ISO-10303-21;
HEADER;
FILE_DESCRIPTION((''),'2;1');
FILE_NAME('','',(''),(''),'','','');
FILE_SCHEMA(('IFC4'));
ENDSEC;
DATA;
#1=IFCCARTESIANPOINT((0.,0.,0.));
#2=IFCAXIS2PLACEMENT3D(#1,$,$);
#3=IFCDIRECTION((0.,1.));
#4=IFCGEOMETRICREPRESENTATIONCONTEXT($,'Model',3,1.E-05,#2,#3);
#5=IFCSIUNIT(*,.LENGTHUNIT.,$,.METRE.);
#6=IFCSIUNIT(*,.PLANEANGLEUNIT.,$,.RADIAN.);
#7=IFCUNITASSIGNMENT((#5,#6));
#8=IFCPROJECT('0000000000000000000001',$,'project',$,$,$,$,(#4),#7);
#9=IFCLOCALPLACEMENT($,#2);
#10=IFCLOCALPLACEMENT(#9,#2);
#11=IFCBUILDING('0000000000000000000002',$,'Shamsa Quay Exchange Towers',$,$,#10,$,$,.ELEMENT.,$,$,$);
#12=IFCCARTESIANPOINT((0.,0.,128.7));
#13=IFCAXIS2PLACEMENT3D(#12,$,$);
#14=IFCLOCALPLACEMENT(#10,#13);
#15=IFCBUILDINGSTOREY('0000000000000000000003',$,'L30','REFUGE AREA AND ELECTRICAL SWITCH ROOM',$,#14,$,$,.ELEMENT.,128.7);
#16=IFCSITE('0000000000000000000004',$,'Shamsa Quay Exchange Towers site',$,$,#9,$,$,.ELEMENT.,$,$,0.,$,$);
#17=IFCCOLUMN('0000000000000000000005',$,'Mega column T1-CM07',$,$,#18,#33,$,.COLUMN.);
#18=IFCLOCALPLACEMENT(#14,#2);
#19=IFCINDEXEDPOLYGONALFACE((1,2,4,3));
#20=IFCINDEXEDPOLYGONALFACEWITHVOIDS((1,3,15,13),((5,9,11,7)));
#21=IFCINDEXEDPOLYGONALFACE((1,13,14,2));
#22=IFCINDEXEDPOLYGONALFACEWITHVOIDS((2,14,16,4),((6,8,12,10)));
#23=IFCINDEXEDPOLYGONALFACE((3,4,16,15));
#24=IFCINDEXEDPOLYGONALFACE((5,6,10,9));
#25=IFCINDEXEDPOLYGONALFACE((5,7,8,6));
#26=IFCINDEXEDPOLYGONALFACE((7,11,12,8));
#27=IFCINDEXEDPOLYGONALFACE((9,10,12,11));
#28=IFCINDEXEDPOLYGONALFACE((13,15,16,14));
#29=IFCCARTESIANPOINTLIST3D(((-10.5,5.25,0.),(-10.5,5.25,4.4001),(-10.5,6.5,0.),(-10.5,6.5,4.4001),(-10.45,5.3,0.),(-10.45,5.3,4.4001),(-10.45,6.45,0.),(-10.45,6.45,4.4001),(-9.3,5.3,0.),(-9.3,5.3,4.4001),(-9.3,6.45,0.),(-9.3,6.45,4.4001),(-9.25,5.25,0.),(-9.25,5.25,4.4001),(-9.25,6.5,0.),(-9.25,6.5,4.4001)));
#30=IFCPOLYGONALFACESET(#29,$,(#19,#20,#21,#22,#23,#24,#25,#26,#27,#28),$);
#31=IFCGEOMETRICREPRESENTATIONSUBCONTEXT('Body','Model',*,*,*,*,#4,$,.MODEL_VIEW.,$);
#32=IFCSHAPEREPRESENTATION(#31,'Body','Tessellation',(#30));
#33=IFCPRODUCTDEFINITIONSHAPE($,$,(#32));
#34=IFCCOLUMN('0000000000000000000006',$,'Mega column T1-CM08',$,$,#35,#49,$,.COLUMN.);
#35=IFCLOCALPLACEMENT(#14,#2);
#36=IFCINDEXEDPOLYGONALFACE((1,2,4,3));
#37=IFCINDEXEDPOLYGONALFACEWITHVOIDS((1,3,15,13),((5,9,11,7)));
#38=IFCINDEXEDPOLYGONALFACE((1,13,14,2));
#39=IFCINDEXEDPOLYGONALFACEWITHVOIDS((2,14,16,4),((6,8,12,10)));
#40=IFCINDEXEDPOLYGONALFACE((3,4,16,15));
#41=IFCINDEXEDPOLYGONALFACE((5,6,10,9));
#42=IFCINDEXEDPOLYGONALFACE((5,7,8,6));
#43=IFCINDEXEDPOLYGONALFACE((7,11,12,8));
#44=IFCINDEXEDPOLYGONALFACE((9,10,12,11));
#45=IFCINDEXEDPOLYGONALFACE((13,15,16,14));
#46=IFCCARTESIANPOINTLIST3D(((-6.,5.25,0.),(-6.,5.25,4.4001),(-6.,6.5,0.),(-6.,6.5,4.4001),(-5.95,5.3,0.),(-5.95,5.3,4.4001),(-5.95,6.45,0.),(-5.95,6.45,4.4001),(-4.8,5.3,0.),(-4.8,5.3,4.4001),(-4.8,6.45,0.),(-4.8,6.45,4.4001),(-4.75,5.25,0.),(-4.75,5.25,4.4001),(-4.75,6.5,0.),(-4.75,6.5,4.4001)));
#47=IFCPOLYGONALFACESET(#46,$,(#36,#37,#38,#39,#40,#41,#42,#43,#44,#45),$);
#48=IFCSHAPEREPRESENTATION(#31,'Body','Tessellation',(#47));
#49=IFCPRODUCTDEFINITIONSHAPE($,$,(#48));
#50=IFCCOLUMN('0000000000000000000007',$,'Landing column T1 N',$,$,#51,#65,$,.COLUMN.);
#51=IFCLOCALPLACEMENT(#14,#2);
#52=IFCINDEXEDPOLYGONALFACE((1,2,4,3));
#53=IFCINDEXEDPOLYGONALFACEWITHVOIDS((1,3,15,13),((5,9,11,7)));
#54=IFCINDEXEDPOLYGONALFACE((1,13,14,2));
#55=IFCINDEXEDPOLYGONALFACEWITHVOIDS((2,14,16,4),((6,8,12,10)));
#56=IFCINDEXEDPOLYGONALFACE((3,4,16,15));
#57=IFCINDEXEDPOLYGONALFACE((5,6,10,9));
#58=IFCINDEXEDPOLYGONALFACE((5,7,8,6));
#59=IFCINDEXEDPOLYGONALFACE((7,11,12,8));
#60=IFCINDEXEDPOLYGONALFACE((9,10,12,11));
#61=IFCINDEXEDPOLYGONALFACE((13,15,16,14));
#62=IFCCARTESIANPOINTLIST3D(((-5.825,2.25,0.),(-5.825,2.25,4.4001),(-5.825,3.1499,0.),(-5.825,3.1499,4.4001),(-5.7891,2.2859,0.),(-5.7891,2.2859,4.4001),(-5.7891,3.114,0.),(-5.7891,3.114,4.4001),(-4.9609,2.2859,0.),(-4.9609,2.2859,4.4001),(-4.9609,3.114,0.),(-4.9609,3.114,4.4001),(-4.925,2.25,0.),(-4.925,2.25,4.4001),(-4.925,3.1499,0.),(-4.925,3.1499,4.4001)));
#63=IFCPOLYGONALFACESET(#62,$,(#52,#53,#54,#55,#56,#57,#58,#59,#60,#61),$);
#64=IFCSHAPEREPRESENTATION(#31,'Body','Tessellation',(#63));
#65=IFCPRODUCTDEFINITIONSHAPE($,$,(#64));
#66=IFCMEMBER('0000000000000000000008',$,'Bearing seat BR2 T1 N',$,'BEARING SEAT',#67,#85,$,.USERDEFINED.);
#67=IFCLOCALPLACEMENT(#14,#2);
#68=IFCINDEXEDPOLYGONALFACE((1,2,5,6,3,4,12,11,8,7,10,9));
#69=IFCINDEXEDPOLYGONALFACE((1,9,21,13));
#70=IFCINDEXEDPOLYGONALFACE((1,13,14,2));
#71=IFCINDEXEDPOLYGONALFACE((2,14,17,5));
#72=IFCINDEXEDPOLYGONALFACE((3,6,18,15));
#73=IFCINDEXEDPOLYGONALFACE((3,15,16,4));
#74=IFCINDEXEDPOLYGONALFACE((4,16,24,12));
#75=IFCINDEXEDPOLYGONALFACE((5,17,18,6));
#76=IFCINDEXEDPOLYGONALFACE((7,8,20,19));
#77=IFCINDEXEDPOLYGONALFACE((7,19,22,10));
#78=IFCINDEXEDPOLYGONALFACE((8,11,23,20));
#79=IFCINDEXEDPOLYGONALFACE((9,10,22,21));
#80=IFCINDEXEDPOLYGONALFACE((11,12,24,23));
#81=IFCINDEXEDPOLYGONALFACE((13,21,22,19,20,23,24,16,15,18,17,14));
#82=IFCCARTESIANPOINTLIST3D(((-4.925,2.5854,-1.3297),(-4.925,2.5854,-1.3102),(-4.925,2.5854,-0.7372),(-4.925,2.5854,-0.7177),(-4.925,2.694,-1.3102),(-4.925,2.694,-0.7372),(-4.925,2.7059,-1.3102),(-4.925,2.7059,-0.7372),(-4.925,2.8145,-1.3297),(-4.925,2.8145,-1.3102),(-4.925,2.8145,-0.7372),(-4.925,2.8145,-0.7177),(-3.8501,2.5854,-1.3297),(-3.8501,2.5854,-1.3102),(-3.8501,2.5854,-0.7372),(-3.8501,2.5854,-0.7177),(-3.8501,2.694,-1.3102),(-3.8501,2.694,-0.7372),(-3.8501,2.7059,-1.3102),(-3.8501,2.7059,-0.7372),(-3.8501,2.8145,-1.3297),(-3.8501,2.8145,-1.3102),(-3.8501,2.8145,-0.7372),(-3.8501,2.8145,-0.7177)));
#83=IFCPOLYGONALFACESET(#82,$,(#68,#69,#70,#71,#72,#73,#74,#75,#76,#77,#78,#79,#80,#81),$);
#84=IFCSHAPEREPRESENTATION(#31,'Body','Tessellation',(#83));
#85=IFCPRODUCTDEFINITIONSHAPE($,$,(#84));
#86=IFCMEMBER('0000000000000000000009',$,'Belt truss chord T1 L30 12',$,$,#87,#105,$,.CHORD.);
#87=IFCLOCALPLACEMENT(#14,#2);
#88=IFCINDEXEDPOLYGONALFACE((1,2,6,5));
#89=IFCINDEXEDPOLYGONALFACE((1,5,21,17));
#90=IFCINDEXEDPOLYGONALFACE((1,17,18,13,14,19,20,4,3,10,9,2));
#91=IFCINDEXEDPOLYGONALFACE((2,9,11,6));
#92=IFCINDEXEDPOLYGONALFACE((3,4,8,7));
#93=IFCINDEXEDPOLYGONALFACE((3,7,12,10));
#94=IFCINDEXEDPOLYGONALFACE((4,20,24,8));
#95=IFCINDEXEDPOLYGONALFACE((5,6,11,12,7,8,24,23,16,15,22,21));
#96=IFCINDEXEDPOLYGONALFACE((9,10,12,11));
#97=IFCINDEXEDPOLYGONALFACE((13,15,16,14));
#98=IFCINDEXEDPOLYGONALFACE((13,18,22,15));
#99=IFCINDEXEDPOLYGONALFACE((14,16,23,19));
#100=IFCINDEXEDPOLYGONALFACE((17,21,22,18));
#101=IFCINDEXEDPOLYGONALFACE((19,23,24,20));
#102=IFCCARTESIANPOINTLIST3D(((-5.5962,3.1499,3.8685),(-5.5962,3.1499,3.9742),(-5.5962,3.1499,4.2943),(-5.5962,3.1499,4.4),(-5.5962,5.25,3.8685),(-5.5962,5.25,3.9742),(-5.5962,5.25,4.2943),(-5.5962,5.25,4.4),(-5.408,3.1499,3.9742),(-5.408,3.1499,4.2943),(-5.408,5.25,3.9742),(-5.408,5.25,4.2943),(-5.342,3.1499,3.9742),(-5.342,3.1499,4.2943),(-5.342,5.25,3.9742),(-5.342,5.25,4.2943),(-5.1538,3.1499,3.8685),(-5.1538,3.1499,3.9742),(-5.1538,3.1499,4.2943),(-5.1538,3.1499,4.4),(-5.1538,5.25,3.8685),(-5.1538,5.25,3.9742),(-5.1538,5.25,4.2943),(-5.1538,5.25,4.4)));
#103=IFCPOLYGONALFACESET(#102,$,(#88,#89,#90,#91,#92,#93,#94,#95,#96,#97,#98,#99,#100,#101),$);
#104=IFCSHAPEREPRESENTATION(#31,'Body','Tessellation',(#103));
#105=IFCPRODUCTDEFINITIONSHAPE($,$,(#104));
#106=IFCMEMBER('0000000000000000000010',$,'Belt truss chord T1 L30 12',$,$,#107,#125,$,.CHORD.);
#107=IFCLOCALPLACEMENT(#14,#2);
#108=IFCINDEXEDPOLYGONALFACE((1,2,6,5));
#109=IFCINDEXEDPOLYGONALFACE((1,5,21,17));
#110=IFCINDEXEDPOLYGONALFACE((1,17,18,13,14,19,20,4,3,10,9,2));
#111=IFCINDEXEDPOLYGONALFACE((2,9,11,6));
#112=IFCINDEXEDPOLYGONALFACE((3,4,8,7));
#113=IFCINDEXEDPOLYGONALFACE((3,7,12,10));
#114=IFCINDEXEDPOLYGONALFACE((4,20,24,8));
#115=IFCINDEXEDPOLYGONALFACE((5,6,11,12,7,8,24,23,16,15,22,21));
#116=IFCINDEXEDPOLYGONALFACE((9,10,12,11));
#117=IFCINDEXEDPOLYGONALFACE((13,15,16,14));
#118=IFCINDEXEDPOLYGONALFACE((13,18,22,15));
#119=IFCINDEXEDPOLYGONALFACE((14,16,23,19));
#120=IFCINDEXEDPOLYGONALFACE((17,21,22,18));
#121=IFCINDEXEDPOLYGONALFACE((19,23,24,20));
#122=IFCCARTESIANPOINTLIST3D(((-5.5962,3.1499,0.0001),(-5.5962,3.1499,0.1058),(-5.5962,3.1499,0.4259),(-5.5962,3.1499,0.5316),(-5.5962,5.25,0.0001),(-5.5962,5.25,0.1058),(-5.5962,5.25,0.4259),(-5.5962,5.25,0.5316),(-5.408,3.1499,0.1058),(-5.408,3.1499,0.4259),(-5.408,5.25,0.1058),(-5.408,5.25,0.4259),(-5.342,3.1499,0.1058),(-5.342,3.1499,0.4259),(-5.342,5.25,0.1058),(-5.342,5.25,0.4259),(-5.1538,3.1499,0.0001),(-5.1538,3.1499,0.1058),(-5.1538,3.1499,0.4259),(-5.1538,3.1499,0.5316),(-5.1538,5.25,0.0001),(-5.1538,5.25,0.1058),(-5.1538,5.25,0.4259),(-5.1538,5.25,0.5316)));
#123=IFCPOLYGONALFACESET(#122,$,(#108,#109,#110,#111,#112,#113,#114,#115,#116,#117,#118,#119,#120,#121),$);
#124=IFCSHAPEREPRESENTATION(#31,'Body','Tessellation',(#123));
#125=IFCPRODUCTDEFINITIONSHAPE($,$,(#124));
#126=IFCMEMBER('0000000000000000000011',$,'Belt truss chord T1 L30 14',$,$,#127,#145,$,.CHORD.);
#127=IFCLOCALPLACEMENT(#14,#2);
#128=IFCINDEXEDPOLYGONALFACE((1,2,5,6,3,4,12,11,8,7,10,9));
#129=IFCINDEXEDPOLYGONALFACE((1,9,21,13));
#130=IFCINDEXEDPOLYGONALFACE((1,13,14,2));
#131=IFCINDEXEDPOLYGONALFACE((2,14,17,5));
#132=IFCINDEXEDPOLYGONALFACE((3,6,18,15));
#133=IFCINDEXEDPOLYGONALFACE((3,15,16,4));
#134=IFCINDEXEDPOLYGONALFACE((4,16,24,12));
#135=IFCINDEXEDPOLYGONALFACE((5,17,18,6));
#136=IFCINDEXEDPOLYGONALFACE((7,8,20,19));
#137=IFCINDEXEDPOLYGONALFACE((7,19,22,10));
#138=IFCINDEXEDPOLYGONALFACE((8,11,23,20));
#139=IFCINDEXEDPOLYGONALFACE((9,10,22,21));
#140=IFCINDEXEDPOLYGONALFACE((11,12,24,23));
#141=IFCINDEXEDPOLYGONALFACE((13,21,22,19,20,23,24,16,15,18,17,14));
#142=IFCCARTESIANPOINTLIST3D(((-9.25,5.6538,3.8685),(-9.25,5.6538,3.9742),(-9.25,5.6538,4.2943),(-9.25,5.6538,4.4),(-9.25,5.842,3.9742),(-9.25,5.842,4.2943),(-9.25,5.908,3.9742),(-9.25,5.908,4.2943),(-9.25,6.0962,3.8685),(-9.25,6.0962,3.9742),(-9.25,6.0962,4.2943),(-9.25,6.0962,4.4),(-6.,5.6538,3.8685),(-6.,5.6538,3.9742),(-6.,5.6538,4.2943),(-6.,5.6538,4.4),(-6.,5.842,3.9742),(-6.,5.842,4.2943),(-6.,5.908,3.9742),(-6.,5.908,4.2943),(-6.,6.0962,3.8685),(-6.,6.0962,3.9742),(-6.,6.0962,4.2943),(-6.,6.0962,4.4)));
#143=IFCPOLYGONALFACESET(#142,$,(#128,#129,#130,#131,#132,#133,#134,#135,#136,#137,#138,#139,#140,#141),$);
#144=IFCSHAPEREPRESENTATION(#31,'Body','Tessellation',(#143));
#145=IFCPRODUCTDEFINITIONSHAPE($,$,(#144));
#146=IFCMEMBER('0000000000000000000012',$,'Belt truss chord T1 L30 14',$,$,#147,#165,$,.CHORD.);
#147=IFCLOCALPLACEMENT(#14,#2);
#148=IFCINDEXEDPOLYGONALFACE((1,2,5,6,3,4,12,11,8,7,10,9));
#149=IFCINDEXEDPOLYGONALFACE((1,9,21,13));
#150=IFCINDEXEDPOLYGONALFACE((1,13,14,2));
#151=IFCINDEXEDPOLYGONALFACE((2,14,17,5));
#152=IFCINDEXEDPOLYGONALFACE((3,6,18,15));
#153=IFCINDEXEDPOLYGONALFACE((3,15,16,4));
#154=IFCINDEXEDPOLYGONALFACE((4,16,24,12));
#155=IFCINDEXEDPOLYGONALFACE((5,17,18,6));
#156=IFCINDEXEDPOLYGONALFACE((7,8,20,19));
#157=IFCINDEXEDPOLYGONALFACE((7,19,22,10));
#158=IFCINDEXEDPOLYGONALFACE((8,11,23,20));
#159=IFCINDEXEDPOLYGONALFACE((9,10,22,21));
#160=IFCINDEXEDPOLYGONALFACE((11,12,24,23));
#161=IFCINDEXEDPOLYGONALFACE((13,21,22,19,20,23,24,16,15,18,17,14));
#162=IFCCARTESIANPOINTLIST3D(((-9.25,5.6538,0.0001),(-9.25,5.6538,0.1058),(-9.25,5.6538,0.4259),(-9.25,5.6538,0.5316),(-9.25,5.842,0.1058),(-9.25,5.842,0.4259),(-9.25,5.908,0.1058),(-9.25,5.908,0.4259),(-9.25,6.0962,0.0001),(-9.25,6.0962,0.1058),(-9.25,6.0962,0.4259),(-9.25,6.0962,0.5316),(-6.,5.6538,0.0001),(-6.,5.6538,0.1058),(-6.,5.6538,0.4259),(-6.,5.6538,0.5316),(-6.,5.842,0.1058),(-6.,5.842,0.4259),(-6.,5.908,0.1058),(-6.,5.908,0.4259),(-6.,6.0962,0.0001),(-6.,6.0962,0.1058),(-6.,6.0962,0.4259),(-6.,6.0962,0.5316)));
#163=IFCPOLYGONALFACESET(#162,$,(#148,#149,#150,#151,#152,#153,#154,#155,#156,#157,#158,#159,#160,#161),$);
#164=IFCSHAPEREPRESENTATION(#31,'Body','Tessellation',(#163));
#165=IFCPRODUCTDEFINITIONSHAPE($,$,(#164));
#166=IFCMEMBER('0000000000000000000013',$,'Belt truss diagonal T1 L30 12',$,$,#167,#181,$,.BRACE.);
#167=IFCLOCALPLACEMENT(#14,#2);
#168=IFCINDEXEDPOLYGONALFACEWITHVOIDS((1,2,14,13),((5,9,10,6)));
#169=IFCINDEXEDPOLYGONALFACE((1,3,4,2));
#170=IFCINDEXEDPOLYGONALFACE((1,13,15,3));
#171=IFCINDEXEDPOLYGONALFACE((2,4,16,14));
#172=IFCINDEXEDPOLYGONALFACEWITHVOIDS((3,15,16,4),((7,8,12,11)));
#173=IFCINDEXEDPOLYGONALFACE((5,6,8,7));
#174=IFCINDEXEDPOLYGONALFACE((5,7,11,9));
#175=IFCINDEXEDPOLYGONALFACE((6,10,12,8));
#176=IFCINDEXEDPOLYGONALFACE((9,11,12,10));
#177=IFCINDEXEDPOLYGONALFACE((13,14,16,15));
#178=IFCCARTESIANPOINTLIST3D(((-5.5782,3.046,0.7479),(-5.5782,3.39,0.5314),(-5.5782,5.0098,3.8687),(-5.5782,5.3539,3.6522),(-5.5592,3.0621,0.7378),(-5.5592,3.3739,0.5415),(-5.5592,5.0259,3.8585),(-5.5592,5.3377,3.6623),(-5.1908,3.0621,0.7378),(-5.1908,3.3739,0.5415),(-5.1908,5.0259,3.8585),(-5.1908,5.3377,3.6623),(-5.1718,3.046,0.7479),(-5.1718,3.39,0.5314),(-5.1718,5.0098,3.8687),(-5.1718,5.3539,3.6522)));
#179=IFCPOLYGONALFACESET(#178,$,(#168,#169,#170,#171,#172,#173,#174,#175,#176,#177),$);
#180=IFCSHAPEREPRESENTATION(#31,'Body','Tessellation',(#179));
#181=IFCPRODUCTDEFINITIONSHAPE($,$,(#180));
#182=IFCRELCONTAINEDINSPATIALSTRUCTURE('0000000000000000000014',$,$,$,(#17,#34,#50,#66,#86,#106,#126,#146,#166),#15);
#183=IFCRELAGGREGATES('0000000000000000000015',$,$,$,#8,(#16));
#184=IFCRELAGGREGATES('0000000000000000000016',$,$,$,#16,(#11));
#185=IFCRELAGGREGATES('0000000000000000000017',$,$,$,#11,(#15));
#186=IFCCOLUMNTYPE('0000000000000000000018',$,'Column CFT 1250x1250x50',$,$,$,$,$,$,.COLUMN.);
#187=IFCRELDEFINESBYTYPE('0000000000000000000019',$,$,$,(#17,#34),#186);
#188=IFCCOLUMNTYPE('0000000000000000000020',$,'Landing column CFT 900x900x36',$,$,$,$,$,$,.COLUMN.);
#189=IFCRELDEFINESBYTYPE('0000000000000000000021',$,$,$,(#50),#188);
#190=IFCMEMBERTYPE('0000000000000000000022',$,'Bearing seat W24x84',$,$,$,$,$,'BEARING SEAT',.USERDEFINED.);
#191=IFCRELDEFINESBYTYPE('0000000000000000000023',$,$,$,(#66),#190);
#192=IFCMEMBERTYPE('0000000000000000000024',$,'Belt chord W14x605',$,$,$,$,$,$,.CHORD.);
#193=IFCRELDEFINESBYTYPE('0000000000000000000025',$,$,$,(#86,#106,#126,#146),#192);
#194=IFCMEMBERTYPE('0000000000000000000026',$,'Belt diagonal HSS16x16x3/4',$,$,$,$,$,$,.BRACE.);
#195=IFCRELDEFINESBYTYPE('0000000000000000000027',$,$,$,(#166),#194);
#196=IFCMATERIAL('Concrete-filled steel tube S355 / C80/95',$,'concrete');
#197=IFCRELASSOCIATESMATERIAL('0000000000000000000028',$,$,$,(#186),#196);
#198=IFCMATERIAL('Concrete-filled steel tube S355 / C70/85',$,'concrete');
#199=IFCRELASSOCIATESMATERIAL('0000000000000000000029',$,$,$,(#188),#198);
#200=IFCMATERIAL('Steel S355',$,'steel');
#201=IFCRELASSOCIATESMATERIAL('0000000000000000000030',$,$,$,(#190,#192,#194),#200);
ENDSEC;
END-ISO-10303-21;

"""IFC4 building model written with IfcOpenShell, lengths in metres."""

from ifc_helpers import new_model, si_unit, direction, frame, origin, origin_2d, place, context, subcontext, project, spatial, hollow_rectangle, i_section, extrude, material, material_profile, profile_set, type_object, element, save


model = new_model("IFC4")

# Units and contexts
model_context = context("Model", 3, precision=1e-05, world=origin(), true_north=direction((0.0, 1.0)))
body_context = subcontext(model_context, "Body", "Model", "MODEL_VIEW")
ifc_project = project(units=[si_unit("LENGTHUNIT", "METRE"), si_unit("PLANEANGLEUNIT", "RADIAN")], contexts=[model_context])

# Site, building, storey
site_placement = place(None, origin())
site = spatial("IfcSite", under=ifc_project, at=site_placement, Name="Shamsa Quay Exchange Towers site", CompositionType="ELEMENT", RefElevation=0.0)
building_placement = place(site_placement, origin())
building = spatial("IfcBuilding", under=site, at=building_placement, Name="Shamsa Quay Exchange Towers", CompositionType="ELEMENT")
storey_placement = place(building_placement, frame((0.0, 0.0, 128.7)))
storey = spatial("IfcBuildingStorey", under=building, at=storey_placement, Name="L30", Description="REFUGE AREA AND ELECTRICAL SWITCH ROOM", CompositionType="ELEMENT", Elevation=128.7)

# Columns
ifc_material_1 = material(Name="Concrete-filled steel tube S355 / C80/95", Category="concrete")
ifc_material_profile_1 = material_profile(ifc_material_1, hollow_rectangle(XDim=1.25, YDim=1.25, WallThickness=0.05, at=origin_2d()), Name="CFT 1250x1250x50")
ifc_profile_set_1 = profile_set([ifc_material_profile_1], Name="Concrete-filled steel tube S355 / C80/95")
column_type_1 = type_object("IfcColumnType", Name="Column CFT 1250x1250x50", PredefinedType="COLUMN", material=ifc_profile_set_1)
for number, where, name in (
    (1, (-9.875, 5.875, 0.0), "Mega column T1-CM07"),
    (2, (-5.375, 5.875, 0.0), "Mega column T1-CM08"),
):
    element("IfcColumn", number, at=place(storey_placement, frame(where)), inside=storey, type_object=column_type_1, Name=name, PredefinedType="COLUMN", context=body_context, shape_type="SweptSolid", body=[
        extrude(hollow_rectangle(XDim=1.25, YDim=1.25, WallThickness=0.05, at=origin_2d()), origin(), (0.0, 0.0, 1.0), 4.4001),
    ])
ifc_material_2 = material(Name="Concrete-filled steel tube S355 / C70/85", Category="concrete")
ifc_material_profile_2 = material_profile(ifc_material_2, hollow_rectangle(XDim=0.8999, YDim=0.8999, WallThickness=0.0359, at=origin_2d()), Name="CFT 900x900x36")
ifc_profile_set_2 = profile_set([ifc_material_profile_2], Name="Concrete-filled steel tube S355 / C70/85")
column_type_2 = type_object("IfcColumnType", Name="Landing column CFT 900x900x36", PredefinedType="COLUMN", material=ifc_profile_set_2)
column_placement = place(storey_placement, frame((-5.375, 2.7, 0.0)))
element("IfcColumn", 3, at=column_placement, inside=storey, type_object=column_type_2, Name="Landing column T1 N", PredefinedType="COLUMN", context=body_context, shape_type="SweptSolid", body=[
    extrude(hollow_rectangle(XDim=0.8999, YDim=0.8999, WallThickness=0.0359, at=origin_2d()), origin(), (0.0, 0.0, 1.0), 4.4001),
])

# Members
ifc_material_3 = material(Name="Steel S355", Category="steel")
ifc_material_profile_3 = material_profile(ifc_material_3, i_section(OverallWidth=0.229, OverallDepth=0.6121, WebThickness=0.012, FlangeThickness=0.0195, at=origin_2d()), Name="W24x84")
ifc_profile_set_3 = profile_set([ifc_material_profile_3], Name="Steel S355")
member_type_1 = type_object("IfcMemberType", Name="Bearing seat W24x84", ElementType="BEARING SEAT", PredefinedType="USERDEFINED", material=ifc_profile_set_3)
member_1_placement = place(storey_placement, frame((-4.925, 2.7, -1.0237), z_axis=(1.0, 0.0, 0.0), x_axis=(0.0, 1.0, 0.0)))
element("IfcMember", 4, at=member_1_placement, inside=storey, type_object=member_type_1, Name="Bearing seat BR2 T1 N", ObjectType="BEARING SEAT", PredefinedType="USERDEFINED", context=body_context, shape_type="SweptSolid", body=[
    extrude(i_section(OverallWidth=0.229, OverallDepth=0.6121, WebThickness=0.012, FlangeThickness=0.0195, at=origin_2d()), origin(), (0.0, 0.0, 1.0), 1.075),
])
ifc_material_profile_4 = material_profile(ifc_material_3, i_section(OverallWidth=0.4424, OverallDepth=0.5315, WebThickness=0.0659, FlangeThickness=0.1057, at=origin_2d()), Name="W14x605")
ifc_profile_set_4 = profile_set([ifc_material_profile_4], Name="Steel S355")
member_type_2 = type_object("IfcMemberType", Name="Belt chord W14x605", PredefinedType="CHORD", material=ifc_profile_set_4)
for number, where, z_axis, x_axis, name in (
    (5, (-5.375, 3.1499, 4.1343), (0.0, 1.0, 0.0), (-1.0, 0.0, 0.0), "Belt truss chord T1 L30 12"),
    (6, (-5.375, 3.1499, 0.2659), (0.0, 1.0, 0.0), (-1.0, 0.0, 0.0), "Belt truss chord T1 L30 12"),
):
    element("IfcMember", number, at=place(storey_placement, frame(where, z_axis=z_axis, x_axis=x_axis)), inside=storey, type_object=member_type_2, Name=name, PredefinedType="CHORD", context=body_context, shape_type="SweptSolid", body=[
        extrude(i_section(OverallWidth=0.4424, OverallDepth=0.5315, WebThickness=0.0659, FlangeThickness=0.1057, at=origin_2d()), origin(), (0.0, 0.0, 1.0), 2.1001),
    ])
for number, where, z_axis, x_axis, name in (
    (7, (-6.0, 5.875, 4.1343), (-1.0, 0.0, 0.0), (0.0, -1.0, 0.0), "Belt truss chord T1 L30 14"),
    (8, (-6.0, 5.875, 0.2659), (-1.0, 0.0, 0.0), (0.0, -1.0, 0.0), "Belt truss chord T1 L30 14"),
):
    element("IfcMember", number, at=place(storey_placement, frame(where, z_axis=z_axis, x_axis=x_axis)), inside=storey, type_object=member_type_2, Name=name, PredefinedType="CHORD", context=body_context, shape_type="SweptSolid", body=[
        extrude(i_section(OverallWidth=0.4424, OverallDepth=0.5315, WebThickness=0.0659, FlangeThickness=0.1057, at=origin_2d()), origin(), (0.0, 0.0, 1.0), 3.25),
    ])
ifc_material_profile_5 = material_profile(ifc_material_3, hollow_rectangle(XDim=0.4065, YDim=0.4065, WallThickness=0.019, at=origin_2d()), Name="HSS16x16x3/4")
ifc_profile_set_5 = profile_set([ifc_material_profile_5], Name="Steel S355")
member_type_3 = type_object("IfcMemberType", Name="Belt diagonal HSS16x16x3/4", PredefinedType="BRACE", material=ifc_profile_set_5)
member_2_placement = place(storey_placement, frame((-5.375, 3.218, 0.6396), z_axis=(0.0, 0.532597, 0.846369), x_axis=(-1.0, 0.0, 0.0)))
element("IfcMember", 9, at=member_2_placement, inside=storey, type_object=member_type_3, Name="Belt truss diagonal T1 L30 12", PredefinedType="BRACE", context=body_context, shape_type="SweptSolid", body=[
    extrude(hollow_rectangle(XDim=0.4065, YDim=0.4065, WallThickness=0.019, at=origin_2d()), origin(), (0.0, 0.0, 1.0), 3.6873),
])

save(model, "model.ifc")
